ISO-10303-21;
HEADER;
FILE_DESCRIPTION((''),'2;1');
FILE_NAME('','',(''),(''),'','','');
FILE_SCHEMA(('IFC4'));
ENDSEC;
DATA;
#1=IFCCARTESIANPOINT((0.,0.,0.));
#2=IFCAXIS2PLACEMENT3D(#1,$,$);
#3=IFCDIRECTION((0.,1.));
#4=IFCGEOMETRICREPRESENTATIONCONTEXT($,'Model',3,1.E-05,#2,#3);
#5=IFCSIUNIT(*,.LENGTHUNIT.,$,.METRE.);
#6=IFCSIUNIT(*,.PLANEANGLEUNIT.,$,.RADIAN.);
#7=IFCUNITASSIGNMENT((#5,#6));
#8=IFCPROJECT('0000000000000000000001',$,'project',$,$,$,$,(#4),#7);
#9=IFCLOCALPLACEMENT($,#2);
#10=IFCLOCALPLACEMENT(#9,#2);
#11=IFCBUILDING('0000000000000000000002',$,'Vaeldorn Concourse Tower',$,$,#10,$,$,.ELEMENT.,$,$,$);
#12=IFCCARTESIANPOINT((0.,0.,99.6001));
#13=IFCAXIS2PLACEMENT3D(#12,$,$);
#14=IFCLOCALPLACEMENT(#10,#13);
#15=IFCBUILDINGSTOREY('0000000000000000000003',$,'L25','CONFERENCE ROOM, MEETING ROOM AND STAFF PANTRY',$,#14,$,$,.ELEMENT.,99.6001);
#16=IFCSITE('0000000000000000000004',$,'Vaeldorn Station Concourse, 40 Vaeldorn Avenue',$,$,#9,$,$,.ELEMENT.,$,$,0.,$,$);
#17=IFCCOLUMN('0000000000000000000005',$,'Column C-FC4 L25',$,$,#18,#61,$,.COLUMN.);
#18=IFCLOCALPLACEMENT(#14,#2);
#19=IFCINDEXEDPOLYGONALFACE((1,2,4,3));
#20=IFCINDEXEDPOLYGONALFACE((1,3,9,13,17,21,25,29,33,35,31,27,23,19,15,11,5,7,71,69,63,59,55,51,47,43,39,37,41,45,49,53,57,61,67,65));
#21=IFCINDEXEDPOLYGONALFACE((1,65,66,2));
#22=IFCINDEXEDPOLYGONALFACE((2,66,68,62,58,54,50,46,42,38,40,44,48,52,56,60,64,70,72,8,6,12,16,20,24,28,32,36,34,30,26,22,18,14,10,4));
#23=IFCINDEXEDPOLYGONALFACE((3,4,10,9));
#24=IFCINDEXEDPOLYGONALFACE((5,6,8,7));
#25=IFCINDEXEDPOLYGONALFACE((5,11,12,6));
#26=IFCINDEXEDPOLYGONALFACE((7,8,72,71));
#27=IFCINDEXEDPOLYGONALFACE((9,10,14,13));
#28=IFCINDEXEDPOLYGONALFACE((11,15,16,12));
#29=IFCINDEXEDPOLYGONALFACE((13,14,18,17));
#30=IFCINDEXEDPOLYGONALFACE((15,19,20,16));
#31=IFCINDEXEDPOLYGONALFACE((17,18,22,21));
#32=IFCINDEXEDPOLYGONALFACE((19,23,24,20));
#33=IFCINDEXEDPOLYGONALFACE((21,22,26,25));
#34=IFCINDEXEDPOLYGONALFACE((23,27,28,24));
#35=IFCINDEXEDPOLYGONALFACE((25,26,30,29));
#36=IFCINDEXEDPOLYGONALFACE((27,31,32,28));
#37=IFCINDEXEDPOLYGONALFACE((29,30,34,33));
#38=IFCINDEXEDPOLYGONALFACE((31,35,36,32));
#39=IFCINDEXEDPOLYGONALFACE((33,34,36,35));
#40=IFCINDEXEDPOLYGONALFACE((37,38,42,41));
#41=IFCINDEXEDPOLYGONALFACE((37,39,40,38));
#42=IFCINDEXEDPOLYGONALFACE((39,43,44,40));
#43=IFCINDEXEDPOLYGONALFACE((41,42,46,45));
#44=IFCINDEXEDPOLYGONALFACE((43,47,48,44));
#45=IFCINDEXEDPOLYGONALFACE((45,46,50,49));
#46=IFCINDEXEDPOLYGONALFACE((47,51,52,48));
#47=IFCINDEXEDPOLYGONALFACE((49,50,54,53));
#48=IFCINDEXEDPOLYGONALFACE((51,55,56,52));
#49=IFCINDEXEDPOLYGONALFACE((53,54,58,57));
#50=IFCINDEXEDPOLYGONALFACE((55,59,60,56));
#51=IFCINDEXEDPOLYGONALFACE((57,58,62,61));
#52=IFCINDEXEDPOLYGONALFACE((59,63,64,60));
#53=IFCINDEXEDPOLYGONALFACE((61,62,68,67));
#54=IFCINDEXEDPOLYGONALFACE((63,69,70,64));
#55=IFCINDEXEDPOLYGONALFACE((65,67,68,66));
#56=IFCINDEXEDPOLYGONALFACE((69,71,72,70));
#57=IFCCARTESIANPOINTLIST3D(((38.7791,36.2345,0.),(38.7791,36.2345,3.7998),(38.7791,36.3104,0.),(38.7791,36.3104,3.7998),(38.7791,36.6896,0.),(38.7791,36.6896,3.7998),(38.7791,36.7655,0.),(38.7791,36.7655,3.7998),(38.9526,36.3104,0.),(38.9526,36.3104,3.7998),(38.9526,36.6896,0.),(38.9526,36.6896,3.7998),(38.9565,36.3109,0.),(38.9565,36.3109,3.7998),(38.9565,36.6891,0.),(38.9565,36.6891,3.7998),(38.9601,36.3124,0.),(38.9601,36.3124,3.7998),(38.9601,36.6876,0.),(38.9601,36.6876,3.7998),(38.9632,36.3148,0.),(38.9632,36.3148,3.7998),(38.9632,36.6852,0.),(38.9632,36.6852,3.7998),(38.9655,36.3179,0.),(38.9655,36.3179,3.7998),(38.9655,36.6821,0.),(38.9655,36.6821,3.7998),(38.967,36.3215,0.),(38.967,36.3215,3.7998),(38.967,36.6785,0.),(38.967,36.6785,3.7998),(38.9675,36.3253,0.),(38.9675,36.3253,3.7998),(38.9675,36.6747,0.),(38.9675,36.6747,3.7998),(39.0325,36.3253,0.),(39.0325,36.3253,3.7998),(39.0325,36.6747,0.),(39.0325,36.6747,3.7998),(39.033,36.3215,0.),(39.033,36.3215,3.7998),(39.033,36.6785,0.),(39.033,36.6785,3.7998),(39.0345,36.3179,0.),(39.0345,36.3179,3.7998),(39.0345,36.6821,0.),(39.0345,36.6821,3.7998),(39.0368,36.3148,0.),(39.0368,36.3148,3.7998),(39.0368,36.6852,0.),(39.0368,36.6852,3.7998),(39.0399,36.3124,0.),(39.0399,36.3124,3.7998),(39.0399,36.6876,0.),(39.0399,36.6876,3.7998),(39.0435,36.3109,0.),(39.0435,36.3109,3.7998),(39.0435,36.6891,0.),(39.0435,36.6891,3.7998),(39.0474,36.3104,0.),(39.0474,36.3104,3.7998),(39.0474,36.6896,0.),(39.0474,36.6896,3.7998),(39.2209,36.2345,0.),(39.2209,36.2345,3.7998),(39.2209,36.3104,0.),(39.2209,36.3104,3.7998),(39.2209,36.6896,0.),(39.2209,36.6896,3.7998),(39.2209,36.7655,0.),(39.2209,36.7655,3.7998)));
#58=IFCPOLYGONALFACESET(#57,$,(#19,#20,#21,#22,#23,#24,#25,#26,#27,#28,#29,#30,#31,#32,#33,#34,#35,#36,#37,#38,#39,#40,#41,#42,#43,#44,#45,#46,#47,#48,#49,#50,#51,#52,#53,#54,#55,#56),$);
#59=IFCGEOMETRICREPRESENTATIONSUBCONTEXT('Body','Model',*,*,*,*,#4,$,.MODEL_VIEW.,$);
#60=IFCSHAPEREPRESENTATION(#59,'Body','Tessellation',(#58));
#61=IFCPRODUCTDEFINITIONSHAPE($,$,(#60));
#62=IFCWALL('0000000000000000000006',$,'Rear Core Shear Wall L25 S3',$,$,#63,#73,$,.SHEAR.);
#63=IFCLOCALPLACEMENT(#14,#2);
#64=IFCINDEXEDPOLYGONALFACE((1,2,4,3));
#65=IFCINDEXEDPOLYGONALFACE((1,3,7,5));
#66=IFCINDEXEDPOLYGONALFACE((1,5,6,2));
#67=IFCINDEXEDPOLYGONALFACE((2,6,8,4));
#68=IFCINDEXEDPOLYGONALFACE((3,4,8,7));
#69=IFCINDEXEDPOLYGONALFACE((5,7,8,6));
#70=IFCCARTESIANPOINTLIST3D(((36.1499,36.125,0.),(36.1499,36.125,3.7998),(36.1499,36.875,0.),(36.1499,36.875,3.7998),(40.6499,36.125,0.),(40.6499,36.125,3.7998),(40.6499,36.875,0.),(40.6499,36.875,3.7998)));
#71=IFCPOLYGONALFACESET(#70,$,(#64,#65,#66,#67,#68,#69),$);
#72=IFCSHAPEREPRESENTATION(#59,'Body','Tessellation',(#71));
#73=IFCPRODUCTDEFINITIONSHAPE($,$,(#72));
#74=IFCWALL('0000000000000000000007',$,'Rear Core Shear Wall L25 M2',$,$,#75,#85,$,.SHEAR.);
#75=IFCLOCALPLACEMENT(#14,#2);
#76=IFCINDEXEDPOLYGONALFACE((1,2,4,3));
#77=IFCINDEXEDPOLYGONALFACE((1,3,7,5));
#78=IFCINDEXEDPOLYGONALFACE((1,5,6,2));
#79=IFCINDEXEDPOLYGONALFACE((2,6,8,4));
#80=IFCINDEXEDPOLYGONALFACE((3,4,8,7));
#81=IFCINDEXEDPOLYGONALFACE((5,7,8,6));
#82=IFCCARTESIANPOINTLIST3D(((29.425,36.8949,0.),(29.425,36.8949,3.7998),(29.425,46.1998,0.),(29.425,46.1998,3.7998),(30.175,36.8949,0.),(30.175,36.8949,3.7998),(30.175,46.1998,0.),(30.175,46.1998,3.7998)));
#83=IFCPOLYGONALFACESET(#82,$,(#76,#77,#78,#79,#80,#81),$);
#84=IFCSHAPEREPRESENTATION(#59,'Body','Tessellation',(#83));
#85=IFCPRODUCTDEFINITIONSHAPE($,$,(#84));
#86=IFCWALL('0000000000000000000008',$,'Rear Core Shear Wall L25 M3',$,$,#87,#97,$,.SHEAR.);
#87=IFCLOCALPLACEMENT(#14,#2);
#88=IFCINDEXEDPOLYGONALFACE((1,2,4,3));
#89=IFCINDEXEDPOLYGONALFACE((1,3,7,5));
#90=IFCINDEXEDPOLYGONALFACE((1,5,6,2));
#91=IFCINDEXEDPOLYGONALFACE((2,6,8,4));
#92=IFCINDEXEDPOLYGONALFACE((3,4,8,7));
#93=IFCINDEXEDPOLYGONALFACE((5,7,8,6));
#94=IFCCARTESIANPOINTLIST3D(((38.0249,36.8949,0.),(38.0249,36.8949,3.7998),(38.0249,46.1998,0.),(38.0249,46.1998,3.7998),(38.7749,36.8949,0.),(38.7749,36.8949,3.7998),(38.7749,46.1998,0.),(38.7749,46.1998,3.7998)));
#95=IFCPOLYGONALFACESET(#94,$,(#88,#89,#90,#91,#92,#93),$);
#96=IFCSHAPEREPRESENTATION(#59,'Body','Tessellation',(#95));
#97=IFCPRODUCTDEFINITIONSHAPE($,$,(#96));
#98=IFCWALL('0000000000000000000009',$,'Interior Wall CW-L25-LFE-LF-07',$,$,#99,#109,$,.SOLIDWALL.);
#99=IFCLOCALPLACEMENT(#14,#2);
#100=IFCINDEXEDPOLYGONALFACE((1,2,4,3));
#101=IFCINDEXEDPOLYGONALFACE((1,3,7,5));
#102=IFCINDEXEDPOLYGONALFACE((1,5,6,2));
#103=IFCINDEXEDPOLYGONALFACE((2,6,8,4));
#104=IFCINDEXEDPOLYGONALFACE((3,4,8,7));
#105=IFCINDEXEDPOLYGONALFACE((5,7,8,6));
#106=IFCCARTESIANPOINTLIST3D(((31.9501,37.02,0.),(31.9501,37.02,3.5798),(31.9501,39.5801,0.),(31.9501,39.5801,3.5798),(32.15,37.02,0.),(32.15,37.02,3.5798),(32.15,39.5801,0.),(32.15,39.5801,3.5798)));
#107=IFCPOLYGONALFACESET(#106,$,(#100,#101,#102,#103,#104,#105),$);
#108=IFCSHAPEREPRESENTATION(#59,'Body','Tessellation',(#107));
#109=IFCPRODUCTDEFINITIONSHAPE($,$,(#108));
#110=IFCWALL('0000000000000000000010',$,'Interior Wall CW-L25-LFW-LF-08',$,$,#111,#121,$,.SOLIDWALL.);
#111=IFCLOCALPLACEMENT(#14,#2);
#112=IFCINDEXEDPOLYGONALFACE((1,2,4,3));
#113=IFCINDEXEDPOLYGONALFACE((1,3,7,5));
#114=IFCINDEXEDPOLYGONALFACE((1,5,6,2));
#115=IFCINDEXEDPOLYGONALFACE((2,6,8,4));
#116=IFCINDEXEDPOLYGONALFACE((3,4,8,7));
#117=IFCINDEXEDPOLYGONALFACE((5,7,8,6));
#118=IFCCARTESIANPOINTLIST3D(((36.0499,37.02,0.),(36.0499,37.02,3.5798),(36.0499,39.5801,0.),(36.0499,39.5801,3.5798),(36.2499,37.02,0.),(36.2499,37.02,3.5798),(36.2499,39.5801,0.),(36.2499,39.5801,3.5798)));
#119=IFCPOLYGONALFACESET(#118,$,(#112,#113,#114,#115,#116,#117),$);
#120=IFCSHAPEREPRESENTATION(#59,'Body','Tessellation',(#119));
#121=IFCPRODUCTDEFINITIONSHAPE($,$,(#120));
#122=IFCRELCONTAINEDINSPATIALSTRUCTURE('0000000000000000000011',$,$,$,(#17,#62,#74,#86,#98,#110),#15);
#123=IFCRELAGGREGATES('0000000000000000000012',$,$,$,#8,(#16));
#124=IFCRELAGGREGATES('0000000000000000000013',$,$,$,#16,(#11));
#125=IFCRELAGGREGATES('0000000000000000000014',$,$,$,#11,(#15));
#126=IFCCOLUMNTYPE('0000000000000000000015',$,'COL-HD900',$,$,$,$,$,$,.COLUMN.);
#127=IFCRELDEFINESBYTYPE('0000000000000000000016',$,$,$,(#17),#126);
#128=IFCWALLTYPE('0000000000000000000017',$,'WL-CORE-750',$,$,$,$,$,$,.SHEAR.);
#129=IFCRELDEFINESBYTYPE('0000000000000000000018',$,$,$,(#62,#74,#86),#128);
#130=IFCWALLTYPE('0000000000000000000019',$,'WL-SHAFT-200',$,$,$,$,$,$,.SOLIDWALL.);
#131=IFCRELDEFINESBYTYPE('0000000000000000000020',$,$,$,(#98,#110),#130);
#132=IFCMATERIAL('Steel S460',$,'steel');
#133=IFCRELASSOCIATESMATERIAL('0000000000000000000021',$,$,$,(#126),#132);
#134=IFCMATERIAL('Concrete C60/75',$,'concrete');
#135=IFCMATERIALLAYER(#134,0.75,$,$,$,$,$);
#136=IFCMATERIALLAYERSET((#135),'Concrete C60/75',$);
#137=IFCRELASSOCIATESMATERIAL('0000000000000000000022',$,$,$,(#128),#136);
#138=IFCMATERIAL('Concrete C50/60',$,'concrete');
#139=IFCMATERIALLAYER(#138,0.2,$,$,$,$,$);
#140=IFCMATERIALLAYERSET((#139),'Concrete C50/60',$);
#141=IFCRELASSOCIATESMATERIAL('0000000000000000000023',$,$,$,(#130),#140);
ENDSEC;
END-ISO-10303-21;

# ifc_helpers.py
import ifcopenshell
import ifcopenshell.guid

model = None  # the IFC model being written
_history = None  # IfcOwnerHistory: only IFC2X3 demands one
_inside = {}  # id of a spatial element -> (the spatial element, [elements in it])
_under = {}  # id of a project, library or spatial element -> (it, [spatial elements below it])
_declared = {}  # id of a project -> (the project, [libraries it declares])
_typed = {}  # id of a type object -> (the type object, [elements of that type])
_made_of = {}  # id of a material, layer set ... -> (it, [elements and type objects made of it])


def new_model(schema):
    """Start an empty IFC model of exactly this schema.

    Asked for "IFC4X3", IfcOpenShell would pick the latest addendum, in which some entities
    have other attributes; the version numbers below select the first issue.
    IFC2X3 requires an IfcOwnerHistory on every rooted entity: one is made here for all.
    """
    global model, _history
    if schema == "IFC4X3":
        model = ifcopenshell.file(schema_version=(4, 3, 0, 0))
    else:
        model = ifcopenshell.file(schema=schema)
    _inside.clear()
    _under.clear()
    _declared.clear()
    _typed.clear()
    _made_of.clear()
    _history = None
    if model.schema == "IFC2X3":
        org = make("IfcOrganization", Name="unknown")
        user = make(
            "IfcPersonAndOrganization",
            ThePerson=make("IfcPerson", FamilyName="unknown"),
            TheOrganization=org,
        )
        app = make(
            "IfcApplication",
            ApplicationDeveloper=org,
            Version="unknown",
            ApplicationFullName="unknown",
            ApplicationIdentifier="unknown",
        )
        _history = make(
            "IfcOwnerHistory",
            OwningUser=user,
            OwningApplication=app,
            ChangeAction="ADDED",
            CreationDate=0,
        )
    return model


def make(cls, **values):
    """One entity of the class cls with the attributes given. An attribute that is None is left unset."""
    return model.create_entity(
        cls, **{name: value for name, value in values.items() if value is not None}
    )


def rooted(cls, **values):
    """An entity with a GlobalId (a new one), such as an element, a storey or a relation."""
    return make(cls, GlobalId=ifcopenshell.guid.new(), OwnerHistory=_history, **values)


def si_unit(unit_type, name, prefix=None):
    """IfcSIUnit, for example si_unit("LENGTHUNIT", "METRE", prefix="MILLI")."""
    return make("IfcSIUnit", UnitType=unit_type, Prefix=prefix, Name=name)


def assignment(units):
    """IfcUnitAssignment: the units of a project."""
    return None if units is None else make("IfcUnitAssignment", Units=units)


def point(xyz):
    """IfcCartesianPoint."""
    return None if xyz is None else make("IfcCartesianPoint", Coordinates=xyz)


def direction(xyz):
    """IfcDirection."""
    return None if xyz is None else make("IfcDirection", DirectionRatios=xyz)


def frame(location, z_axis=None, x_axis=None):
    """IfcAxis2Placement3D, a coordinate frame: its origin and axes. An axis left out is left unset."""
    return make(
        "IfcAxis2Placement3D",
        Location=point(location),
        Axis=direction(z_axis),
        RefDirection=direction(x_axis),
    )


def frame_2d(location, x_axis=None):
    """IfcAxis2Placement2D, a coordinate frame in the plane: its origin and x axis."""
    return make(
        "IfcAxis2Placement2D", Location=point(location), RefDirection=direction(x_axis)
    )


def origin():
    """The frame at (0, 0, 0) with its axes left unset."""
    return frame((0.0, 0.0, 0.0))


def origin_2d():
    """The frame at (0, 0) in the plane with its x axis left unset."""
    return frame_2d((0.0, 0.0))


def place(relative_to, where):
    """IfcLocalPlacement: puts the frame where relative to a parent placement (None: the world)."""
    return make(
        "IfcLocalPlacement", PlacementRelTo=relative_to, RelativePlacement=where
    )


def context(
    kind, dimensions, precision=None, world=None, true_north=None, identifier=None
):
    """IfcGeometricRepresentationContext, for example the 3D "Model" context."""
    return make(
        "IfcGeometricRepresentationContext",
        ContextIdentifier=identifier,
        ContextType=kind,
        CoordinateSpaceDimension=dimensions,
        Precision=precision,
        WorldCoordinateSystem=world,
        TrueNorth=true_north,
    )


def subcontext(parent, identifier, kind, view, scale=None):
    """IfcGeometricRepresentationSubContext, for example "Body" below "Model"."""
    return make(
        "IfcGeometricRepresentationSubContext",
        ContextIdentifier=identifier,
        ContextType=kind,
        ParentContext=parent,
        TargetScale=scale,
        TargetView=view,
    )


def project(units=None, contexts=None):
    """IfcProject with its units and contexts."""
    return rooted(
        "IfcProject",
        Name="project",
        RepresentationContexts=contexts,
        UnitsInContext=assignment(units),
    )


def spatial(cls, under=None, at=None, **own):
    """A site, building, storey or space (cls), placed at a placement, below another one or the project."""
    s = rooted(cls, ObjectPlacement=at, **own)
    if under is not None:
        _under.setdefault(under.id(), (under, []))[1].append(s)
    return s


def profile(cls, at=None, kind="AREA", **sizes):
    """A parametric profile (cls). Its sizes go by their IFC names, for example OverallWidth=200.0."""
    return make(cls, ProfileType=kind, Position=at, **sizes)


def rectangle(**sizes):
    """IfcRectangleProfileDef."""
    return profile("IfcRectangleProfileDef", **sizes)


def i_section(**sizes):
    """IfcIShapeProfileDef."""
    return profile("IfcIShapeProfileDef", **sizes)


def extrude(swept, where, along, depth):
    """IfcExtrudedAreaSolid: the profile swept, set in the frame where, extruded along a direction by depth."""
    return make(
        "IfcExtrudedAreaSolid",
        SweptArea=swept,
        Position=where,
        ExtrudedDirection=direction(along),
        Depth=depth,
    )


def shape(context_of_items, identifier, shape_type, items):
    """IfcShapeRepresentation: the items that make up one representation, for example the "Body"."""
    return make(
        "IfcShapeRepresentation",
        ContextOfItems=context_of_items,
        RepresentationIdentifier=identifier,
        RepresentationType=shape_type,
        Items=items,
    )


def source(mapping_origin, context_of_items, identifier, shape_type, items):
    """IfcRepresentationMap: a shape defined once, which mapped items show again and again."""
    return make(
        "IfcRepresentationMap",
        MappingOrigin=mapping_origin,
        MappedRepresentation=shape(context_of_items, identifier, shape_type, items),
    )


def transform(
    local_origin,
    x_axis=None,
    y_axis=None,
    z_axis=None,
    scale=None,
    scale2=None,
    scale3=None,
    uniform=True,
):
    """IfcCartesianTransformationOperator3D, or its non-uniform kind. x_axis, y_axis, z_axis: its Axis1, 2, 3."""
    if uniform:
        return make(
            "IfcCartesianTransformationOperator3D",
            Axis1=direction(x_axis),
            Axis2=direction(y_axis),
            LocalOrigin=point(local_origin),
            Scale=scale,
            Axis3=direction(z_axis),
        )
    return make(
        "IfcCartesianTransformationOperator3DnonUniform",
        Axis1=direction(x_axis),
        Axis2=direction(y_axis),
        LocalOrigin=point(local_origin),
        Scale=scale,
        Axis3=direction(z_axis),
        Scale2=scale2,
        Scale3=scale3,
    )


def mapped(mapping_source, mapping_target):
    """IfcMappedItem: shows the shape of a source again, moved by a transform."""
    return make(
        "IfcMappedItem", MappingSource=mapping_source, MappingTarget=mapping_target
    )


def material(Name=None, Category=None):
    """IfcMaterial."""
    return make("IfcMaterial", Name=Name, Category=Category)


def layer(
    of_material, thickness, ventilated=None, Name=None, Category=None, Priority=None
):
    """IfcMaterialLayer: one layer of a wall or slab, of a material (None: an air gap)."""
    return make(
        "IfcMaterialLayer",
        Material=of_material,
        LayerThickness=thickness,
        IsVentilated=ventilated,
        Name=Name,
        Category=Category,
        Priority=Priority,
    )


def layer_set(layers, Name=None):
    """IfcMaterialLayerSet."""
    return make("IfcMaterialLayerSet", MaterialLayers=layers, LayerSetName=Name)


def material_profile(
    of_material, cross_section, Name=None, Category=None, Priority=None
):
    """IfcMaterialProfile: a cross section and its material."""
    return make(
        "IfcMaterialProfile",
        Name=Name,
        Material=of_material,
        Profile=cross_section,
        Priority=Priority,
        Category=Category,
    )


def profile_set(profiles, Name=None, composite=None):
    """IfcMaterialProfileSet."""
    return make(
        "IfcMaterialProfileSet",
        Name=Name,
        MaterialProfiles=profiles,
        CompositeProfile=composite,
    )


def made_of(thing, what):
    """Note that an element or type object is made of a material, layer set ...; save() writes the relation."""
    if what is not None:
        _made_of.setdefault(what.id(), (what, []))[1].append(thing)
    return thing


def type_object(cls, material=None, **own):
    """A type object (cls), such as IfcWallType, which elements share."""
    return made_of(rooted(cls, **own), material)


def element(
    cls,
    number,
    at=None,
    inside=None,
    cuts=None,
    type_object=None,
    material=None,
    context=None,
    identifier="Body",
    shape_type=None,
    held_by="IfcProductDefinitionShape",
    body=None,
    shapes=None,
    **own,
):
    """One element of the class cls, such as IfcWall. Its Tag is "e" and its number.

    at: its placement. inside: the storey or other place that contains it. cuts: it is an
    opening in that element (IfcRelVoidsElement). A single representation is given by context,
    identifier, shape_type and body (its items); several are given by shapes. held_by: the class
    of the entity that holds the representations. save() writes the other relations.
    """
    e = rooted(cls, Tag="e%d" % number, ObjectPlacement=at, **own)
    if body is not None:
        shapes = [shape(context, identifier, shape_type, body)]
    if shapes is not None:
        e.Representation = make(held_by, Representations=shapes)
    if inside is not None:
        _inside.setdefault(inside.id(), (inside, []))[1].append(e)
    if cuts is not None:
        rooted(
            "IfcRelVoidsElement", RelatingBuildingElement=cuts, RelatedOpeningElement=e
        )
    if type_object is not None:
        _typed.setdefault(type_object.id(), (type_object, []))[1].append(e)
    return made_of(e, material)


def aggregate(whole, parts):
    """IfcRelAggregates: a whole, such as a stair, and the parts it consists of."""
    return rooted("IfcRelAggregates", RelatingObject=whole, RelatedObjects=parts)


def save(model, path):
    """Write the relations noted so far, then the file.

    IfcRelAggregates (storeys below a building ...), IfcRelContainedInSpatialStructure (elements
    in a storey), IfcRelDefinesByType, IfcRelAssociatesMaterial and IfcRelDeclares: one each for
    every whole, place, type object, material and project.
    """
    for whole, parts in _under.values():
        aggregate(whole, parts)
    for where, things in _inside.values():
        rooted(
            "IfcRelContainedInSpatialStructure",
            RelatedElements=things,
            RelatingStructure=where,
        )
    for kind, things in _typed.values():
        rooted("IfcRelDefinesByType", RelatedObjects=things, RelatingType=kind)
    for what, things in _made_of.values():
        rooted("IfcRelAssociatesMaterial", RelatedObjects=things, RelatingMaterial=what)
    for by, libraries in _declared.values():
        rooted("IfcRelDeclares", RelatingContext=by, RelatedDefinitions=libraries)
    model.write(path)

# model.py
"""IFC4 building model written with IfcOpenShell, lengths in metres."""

from ifc_helpers import new_model, si_unit, direction, frame, frame_2d, origin, origin_2d, place, context, subcontext, project, spatial, rectangle, i_section, extrude, source, transform, mapped, material, layer, layer_set, material_profile, profile_set, type_object, element, save


model = new_model("IFC4")

# Units and contexts
model_context = context("Model", 3, precision=1e-05, world=origin(), true_north=direction((0.0, 1.0)))
body_context = subcontext(model_context, "Body", "Model", "MODEL_VIEW")
ifc_project = project(units=[si_unit("LENGTHUNIT", "METRE"), si_unit("PLANEANGLEUNIT", "RADIAN")], contexts=[model_context])

# Site, building, storey
site_placement = place(None, origin())
site = spatial("IfcSite", under=ifc_project, at=site_placement, Name="Vaeldorn Station Concourse, 40 Vaeldorn Avenue", CompositionType="ELEMENT", RefElevation=0.0)
building_placement = place(site_placement, origin())
building = spatial("IfcBuilding", under=site, at=building_placement, Name="Vaeldorn Concourse Tower", CompositionType="ELEMENT")
storey_placement = place(building_placement, frame((0.0, 0.0, 99.6001)))
storey = spatial("IfcBuildingStorey", under=building, at=storey_placement, Name="L25", Description="CONFERENCE ROOM, MEETING ROOM AND STAFF PANTRY", CompositionType="ELEMENT", Elevation=99.6001)

# Column
ifc_material_1 = material(Name="Steel S460", Category="steel")
ifc_material_profile = material_profile(ifc_material_1, i_section(OverallWidth=0.4419, OverallDepth=0.531, WebThickness=0.0649, FlangeThickness=0.0759, FilletRadius=0.0149, at=origin_2d()), Name="HD 400x900")
ifc_profile_set = profile_set([ifc_material_profile], Name="Steel S460")
column_type = type_object("IfcColumnType", Name="COL-HD900", PredefinedType="COLUMN", material=ifc_profile_set)
shared_shape_1 = source(origin(), body_context, "Body", "SweptSolid", [
    extrude(i_section(OverallWidth=0.4419, OverallDepth=0.531, WebThickness=0.0649, FlangeThickness=0.0759, FilletRadius=0.0149, at=origin_2d()), origin(), (0.0, 0.0, 1.0), 3.7998),
])
column_placement = place(storey_placement, frame((39.0, 36.5, 0.0), z_axis=(0.0, 0.0, 1.0), x_axis=(1.0, 0.0, 0.0)))
element("IfcColumn", 1, at=column_placement, inside=storey, type_object=column_type, Name="Column C-FC4 L25", PredefinedType="COLUMN", context=body_context, shape_type="MappedRepresentation", body=[
    mapped(shared_shape_1, transform((0.0, 0.0, 0.0), scale=1.0)),
])

# Walls
ifc_material_2 = material(Name="Concrete C60/75", Category="concrete")
ifc_layer_1 = layer(ifc_material_2, 0.75)
ifc_layer_set_1 = layer_set([ifc_layer_1], Name="Concrete C60/75")
wall_type_1 = type_object("IfcWallType", Name="WL-CORE-750", PredefinedType="SHEAR", material=ifc_layer_set_1)
wall_1_placement = place(storey_placement, frame((36.1499, 36.5, 0.0), z_axis=(0.0, 0.0, 1.0), x_axis=(1.0, 0.0, 0.0)))
element("IfcWall", 2, at=wall_1_placement, inside=storey, type_object=wall_type_1, Name="Rear Core Shear Wall L25 S3", PredefinedType="SHEAR", context=body_context, shape_type="SweptSolid", body=[
    extrude(rectangle(XDim=4.5, YDim=0.75, at=frame_2d((2.25, 0.0))), origin(), (0.0, 0.0, 1.0), 3.7998),
])
for number, where, z_axis, x_axis, name in (
    (3, (29.8, 36.895, 0.0), (0.0, 0.0, 1.0), (0.0, 1.0, 0.0), "Rear Core Shear Wall L25 M2"),
    (4, (38.3999, 36.895, 0.0), (0.0, 0.0, 1.0), (0.0, 1.0, 0.0), "Rear Core Shear Wall L25 M3"),
):
    element("IfcWall", number, at=place(storey_placement, frame(where, z_axis=z_axis, x_axis=x_axis)), inside=storey, type_object=wall_type_1, Name=name, PredefinedType="SHEAR", context=body_context, shape_type="SweptSolid", body=[
        extrude(rectangle(XDim=9.3049, YDim=0.75, at=frame_2d((4.6523, 0.0))), origin(), (0.0, 0.0, 1.0), 3.7998),
    ])

# Shared definitions
ifc_material_3 = material(Name="Concrete C50/60", Category="concrete")
ifc_layer_2 = layer(ifc_material_3, 0.2)
ifc_layer_set_2 = layer_set([ifc_layer_2], Name="Concrete C50/60")
wall_type_2 = type_object("IfcWallType", Name="WL-SHAFT-200", PredefinedType="SOLIDWALL", material=ifc_layer_set_2)

# Wall
wall_2_placement = place(storey_placement, frame((32.05, 37.02, 0.0), z_axis=(0.0, 0.0, 1.0), x_axis=(0.0, 1.0, 0.0)))
element("IfcWall", 5, at=wall_2_placement, inside=storey, type_object=wall_type_2, Name="Interior Wall CW-L25-LFE-LF-07", PredefinedType="SOLIDWALL", context=body_context, shape_type="SweptSolid", body=[
    extrude(rectangle(XDim=2.5601, YDim=0.2, at=frame_2d((1.28, 0.0))), origin(), (0.0, 0.0, 1.0), 3.5798),
])

# Wall
wall_3_placement = place(storey_placement, frame((36.1499, 37.02, 0.0), z_axis=(0.0, 0.0, 1.0), x_axis=(0.0, 1.0, 0.0)))
element("IfcWall", 6, at=wall_3_placement, inside=storey, type_object=wall_type_2, Name="Interior Wall CW-L25-LFW-LF-08", PredefinedType="SOLIDWALL", context=body_context, shape_type="SweptSolid", body=[
    extrude(rectangle(XDim=2.5601, YDim=0.2, at=frame_2d((1.28, 0.0))), origin(), (0.0, 0.0, 1.0), 3.5798),
])

save(model, "model.ifc")
